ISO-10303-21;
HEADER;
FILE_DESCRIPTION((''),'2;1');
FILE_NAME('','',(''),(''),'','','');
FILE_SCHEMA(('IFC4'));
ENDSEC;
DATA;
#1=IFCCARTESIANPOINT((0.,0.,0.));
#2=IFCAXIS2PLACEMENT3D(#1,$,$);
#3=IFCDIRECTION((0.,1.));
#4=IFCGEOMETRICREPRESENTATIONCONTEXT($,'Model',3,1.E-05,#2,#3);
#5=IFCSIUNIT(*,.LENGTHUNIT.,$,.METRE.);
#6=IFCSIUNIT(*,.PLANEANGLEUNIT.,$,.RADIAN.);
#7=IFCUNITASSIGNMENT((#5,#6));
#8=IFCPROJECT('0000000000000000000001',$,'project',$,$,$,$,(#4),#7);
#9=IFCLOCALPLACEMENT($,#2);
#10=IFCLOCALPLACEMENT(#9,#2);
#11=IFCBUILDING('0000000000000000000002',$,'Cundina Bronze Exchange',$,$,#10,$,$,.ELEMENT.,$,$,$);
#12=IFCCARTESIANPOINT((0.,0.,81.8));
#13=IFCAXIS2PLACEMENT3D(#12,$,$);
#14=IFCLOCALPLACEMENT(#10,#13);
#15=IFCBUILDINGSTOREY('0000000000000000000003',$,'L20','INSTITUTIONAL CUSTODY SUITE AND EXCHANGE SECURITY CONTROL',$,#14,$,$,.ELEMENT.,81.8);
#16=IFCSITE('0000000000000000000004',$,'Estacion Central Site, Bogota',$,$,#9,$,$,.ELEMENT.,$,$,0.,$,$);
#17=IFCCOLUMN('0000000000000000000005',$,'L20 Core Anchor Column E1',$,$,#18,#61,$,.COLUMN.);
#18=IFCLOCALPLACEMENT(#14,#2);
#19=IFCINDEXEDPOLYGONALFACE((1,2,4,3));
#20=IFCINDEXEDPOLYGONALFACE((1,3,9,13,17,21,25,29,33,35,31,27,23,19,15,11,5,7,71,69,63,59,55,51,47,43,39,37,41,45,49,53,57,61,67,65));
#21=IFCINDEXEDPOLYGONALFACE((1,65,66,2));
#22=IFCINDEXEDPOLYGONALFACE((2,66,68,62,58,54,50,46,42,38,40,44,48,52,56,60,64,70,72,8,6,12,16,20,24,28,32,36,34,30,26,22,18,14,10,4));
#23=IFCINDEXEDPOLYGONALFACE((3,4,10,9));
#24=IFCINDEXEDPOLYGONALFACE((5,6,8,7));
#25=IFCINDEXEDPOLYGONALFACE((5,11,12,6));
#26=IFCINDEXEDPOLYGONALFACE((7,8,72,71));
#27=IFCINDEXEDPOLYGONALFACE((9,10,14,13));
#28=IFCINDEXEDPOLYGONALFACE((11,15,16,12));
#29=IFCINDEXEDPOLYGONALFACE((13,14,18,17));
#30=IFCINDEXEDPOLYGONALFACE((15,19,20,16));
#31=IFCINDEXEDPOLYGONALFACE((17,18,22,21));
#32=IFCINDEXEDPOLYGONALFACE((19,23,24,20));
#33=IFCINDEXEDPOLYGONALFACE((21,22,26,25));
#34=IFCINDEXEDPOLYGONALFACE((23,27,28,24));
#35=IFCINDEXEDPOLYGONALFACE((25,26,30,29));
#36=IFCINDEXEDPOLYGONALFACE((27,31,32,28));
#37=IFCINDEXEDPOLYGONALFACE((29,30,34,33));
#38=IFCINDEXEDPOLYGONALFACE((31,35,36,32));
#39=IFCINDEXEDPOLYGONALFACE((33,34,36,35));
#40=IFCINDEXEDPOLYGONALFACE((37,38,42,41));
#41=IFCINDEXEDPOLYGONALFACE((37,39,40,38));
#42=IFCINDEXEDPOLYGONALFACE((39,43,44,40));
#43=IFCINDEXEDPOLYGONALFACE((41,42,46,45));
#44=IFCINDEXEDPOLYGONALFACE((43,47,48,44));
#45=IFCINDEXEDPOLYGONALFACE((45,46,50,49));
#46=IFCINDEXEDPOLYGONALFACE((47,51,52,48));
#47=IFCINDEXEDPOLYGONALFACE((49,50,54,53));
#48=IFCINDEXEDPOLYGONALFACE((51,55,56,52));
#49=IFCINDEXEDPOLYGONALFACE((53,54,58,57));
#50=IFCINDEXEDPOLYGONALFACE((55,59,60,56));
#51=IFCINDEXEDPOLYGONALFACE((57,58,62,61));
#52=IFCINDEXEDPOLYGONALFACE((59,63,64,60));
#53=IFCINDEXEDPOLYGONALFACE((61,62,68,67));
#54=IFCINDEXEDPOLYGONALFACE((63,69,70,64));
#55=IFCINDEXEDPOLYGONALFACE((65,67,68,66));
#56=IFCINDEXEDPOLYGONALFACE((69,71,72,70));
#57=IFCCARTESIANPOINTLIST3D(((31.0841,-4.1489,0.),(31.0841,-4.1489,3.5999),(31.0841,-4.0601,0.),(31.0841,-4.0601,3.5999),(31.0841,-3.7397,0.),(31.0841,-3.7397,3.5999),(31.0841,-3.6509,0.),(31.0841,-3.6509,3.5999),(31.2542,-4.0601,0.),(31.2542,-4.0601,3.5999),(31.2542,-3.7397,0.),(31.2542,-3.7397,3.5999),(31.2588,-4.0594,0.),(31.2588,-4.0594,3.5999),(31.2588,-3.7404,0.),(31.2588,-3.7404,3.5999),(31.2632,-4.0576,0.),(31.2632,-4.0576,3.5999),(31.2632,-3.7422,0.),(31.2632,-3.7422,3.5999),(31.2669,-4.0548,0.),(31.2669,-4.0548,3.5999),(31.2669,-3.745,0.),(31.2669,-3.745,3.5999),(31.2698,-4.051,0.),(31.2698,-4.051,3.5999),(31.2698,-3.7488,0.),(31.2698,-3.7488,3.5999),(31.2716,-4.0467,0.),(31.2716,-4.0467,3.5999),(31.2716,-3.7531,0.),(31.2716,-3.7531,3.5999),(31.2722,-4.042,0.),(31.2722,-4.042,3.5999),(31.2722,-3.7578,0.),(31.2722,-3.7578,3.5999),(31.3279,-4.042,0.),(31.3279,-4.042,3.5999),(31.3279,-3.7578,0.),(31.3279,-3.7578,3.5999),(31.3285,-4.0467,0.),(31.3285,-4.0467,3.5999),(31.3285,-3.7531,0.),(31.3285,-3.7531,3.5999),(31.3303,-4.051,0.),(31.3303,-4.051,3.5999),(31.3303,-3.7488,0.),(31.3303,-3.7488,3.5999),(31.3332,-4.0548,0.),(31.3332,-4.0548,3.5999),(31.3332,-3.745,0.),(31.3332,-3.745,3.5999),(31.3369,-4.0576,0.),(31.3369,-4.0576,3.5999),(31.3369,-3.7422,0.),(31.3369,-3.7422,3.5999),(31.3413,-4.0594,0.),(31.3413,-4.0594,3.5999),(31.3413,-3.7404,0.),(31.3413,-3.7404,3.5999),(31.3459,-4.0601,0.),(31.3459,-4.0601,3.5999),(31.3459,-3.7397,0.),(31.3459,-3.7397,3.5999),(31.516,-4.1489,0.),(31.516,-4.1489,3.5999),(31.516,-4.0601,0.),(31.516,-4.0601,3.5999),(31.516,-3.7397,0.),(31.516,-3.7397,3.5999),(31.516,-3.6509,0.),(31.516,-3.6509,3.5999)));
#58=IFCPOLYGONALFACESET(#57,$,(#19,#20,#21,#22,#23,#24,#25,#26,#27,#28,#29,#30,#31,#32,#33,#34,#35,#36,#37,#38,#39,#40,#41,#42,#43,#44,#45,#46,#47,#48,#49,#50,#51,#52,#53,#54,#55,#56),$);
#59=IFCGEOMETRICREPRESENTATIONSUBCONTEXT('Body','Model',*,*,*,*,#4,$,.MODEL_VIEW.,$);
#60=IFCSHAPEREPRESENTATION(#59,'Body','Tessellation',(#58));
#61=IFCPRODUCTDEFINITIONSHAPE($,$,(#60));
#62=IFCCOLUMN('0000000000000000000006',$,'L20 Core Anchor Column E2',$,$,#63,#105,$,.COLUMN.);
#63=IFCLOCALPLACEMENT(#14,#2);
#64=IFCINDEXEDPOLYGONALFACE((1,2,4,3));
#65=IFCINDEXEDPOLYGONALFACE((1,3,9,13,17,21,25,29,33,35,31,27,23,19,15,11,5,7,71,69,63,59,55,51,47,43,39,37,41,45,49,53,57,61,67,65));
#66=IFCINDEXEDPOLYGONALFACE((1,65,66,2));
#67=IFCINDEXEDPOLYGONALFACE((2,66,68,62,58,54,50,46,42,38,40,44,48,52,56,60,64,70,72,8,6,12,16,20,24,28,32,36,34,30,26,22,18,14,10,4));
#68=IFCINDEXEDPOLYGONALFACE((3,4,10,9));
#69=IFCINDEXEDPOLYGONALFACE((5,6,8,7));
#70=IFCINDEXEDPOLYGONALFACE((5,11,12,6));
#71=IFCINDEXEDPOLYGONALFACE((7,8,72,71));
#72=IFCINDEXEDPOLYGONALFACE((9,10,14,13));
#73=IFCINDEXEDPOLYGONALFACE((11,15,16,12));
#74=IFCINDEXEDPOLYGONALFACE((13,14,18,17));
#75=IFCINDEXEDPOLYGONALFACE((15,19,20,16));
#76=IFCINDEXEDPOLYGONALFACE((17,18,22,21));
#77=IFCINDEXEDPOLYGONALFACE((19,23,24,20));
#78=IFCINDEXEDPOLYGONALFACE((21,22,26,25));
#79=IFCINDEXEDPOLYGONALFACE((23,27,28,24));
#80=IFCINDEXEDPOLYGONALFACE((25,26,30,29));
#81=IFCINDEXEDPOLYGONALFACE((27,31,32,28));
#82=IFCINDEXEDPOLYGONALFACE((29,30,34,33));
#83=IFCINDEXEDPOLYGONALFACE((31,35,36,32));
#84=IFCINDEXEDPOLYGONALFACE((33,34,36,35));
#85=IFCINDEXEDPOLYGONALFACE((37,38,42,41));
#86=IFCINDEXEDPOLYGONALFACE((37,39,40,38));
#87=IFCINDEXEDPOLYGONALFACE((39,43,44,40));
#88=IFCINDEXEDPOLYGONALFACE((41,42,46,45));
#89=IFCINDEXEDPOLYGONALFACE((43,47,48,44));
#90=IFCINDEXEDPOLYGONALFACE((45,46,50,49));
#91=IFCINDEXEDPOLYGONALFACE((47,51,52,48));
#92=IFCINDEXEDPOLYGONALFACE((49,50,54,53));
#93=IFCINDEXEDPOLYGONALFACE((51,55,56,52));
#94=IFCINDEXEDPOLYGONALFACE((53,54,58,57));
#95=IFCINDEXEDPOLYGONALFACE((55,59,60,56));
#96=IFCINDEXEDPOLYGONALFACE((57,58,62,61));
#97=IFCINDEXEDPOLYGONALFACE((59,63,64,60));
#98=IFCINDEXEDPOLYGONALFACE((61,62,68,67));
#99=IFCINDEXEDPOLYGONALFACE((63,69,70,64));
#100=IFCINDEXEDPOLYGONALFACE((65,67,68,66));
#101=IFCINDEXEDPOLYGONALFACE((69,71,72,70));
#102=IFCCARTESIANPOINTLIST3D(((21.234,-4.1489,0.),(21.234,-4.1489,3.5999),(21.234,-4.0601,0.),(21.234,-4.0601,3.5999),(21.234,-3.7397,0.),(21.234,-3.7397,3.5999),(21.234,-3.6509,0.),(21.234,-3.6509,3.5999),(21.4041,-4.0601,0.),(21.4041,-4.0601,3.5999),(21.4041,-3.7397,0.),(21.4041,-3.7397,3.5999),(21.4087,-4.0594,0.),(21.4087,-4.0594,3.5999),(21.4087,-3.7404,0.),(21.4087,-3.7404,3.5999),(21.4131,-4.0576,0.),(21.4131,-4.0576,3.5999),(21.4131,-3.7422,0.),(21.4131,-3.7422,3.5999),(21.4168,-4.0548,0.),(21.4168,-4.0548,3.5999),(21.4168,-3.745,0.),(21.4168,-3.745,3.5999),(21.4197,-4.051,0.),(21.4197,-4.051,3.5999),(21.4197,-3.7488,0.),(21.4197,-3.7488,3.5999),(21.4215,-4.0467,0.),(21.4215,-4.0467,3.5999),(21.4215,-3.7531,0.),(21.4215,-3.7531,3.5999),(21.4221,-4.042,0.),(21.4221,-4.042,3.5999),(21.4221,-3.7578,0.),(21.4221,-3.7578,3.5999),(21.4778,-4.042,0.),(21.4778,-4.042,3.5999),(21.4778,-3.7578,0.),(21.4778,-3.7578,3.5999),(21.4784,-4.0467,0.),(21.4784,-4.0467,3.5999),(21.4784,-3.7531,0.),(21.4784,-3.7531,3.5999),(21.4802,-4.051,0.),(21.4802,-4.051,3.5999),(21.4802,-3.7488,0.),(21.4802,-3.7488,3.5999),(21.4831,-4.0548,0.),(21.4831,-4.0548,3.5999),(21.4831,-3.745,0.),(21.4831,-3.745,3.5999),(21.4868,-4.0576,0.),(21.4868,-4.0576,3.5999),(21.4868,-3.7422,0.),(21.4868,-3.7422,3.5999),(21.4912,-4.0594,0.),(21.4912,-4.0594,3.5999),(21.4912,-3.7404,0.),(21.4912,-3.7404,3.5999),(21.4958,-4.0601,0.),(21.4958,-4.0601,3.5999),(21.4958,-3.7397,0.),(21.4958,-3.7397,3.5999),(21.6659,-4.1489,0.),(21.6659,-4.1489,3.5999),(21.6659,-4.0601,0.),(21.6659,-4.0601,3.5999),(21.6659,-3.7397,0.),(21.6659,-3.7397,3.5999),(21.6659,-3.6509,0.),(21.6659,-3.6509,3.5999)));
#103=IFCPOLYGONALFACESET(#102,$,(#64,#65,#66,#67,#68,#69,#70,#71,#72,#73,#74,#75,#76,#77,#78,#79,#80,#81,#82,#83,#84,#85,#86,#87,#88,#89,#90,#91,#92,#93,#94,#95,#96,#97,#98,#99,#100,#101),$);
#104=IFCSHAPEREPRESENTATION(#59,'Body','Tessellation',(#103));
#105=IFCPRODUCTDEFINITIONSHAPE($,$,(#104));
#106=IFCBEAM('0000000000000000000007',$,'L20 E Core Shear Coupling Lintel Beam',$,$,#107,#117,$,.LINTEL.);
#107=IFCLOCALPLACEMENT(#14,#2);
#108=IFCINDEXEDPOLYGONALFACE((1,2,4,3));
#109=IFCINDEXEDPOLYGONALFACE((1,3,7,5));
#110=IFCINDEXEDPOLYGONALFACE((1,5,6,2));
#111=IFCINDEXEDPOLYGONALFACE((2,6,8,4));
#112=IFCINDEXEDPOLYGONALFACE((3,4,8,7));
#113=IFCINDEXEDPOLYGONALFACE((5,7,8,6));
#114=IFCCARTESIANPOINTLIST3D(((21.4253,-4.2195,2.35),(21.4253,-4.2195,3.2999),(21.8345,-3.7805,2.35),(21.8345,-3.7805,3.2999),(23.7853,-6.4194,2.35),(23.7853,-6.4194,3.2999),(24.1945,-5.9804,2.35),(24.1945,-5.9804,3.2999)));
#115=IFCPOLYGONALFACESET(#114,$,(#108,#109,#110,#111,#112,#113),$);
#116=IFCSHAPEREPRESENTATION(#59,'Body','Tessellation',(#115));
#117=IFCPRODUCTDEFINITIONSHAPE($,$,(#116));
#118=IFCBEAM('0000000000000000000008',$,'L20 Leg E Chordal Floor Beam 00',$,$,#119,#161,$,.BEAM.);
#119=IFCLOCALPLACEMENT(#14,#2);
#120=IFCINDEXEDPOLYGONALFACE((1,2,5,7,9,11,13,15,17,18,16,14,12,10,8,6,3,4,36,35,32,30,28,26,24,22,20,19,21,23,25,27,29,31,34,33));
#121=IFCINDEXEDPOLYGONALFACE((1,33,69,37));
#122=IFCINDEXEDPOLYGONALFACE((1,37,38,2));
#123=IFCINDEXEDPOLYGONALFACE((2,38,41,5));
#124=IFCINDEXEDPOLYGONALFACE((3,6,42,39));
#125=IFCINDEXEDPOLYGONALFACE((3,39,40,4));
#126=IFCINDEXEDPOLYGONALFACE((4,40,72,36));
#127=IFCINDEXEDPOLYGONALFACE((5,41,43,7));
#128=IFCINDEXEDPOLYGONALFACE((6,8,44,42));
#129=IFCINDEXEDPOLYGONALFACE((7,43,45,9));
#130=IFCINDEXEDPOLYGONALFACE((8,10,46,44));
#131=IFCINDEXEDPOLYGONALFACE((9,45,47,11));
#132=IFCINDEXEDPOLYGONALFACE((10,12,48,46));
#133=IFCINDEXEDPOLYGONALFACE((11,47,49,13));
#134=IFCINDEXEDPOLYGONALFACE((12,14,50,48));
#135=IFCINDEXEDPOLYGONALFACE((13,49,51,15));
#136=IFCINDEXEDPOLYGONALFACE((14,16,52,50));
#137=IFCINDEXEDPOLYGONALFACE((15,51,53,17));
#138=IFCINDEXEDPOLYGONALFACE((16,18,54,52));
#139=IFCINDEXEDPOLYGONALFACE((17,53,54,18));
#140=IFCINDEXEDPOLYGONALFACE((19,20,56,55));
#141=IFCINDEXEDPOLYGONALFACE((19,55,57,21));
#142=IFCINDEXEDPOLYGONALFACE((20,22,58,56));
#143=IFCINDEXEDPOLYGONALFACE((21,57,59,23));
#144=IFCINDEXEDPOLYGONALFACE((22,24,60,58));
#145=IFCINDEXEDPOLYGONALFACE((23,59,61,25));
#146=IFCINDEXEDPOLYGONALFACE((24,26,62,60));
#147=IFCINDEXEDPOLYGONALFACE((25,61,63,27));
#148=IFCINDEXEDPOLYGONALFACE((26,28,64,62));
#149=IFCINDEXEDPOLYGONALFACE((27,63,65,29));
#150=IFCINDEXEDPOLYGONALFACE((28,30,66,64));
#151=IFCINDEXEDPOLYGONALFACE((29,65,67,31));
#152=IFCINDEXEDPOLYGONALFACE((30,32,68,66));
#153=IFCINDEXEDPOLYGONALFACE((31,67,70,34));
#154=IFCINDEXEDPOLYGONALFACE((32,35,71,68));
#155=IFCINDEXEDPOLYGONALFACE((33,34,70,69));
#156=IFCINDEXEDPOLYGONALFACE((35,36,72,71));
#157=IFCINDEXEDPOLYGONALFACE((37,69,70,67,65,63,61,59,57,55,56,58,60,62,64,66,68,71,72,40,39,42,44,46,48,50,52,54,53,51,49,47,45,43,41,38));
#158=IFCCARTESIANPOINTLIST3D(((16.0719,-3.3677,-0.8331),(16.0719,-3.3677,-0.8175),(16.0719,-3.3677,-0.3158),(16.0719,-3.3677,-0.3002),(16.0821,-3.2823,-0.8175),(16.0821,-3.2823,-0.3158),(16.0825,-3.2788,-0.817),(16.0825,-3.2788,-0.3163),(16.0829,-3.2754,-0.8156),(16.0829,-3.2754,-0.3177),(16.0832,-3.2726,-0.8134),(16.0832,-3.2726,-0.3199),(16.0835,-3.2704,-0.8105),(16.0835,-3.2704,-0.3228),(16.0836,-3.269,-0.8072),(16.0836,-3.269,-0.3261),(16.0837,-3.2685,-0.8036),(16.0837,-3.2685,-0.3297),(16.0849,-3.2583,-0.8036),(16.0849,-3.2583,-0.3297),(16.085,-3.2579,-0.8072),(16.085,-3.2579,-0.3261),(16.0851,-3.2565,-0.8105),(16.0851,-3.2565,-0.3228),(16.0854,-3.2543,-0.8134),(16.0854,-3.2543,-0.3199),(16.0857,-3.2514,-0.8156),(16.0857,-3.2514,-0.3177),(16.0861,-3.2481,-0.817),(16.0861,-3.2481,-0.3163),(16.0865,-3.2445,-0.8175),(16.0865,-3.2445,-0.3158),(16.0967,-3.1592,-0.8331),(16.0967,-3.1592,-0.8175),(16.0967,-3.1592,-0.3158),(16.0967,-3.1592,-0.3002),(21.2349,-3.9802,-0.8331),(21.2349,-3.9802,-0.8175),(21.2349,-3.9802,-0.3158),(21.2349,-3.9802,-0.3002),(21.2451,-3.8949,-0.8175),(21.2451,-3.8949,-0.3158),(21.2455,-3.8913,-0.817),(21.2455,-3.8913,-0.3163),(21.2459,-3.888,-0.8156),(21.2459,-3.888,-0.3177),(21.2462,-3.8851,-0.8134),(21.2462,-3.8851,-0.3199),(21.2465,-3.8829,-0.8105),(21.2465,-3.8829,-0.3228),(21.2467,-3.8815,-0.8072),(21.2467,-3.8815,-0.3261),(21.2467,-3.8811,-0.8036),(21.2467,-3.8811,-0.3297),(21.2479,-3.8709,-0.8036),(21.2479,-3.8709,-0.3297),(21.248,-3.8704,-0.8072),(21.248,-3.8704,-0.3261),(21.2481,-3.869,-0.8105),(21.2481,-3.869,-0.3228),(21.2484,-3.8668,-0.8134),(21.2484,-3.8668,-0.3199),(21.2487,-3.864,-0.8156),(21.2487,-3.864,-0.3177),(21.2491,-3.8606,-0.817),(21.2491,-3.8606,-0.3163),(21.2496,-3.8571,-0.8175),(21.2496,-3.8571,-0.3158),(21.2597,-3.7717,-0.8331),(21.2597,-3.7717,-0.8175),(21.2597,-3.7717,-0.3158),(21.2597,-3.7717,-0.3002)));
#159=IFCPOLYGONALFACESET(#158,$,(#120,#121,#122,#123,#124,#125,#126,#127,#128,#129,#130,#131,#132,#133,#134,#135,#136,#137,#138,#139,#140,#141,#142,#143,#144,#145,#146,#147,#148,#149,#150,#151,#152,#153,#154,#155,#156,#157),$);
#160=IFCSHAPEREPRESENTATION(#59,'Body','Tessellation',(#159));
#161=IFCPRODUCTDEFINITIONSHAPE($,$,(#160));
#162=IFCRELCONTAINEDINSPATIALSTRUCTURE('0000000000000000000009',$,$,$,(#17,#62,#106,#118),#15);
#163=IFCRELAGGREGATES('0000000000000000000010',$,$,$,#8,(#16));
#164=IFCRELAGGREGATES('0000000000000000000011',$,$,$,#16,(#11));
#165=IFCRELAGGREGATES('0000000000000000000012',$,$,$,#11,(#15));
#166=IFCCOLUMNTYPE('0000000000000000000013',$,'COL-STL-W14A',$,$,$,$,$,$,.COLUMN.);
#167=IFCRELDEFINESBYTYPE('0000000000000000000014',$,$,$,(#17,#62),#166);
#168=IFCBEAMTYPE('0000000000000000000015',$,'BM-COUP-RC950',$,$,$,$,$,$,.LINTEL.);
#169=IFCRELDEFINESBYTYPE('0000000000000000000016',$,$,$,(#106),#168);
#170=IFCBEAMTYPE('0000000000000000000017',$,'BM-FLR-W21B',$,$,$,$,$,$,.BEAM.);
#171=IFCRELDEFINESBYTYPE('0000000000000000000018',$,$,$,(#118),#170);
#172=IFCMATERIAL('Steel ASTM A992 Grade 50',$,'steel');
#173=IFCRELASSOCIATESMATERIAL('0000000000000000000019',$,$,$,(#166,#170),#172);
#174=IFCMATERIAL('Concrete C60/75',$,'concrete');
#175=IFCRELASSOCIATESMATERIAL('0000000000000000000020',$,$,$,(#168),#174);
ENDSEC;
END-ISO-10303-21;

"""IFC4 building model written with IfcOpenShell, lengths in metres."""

from ifc_helpers import new_model, si_unit, direction, frame, origin, origin_2d, place, context, subcontext, project, spatial, rectangle, i_section, extrude, material, material_profile, profile_set, type_object, element, save


model = new_model("IFC4")

# Units and contexts
model_context = context("Model", 3, precision=1e-05, world=origin(), true_north=direction((0.0, 1.0)))
body_context = subcontext(model_context, "Body", "Model", "MODEL_VIEW")
ifc_project = project(units=[si_unit("LENGTHUNIT", "METRE"), si_unit("PLANEANGLEUNIT", "RADIAN")], contexts=[model_context])

# Site, building, storey
site_placement = place(None, origin())
site = spatial("IfcSite", under=ifc_project, at=site_placement, Name="Estacion Central Site, Bogota", CompositionType="ELEMENT", RefElevation=0.0)
building_placement = place(site_placement, origin())
building = spatial("IfcBuilding", under=site, at=building_placement, Name="Cundina Bronze Exchange", CompositionType="ELEMENT")
storey_placement = place(building_placement, frame((0.0, 0.0, 81.8)))
storey = spatial("IfcBuildingStorey", under=building, at=storey_placement, Name="L20", Description="INSTITUTIONAL CUSTODY SUITE AND EXCHANGE SECURITY CONTROL", CompositionType="ELEMENT", Elevation=81.8)

# Columns
ifc_material_1 = material(Name="Steel ASTM A992 Grade 50", Category="steel")
ifc_material_profile_1 = material_profile(ifc_material_1, i_section(OverallWidth=0.4319, OverallDepth=0.498, WebThickness=0.0557, FlangeThickness=0.0889, FilletRadius=0.0181, at=origin_2d()), Name="W14X500", Category="steel")
ifc_profile_set_1 = profile_set([ifc_material_profile_1], Name="Steel ASTM A992 Grade 50")
column_type = type_object("IfcColumnType", Name="COL-STL-W14A", PredefinedType="COLUMN", material=ifc_profile_set_1)
for number, where, z_axis, x_axis, name in (
    (1, (31.3, -3.8999, 0.0), (0.0, 0.0, 1.0), (1.0, 0.0, 0.0), "L20 Core Anchor Column E1"),
    (2, (21.45, -3.8999, 0.0), (0.0, 0.0, 1.0), (1.0, 0.0, 0.0), "L20 Core Anchor Column E2"),
):
    element("IfcColumn", number, at=place(storey_placement, frame(where, z_axis=z_axis, x_axis=x_axis)), inside=storey, type_object=column_type, Name=name, PredefinedType="COLUMN", context=body_context, shape_type="SweptSolid", body=[
        extrude(i_section(OverallWidth=0.4319, OverallDepth=0.498, WebThickness=0.0557, FlangeThickness=0.0889, FilletRadius=0.0181, at=origin_2d()), origin(), (0.0, 0.0, 1.0), 3.5999),
    ])

# Beams
ifc_material_2 = material(Name="Concrete C60/75", Category="concrete")
ifc_material_profile_2 = material_profile(ifc_material_2, rectangle(XDim=0.6001, YDim=0.95, at=origin_2d()), Name="RC600X950", Category="concrete")
ifc_profile_set_2 = profile_set([ifc_material_profile_2], Name="Concrete C60/75")
beam_type_1 = type_object("IfcBeamType", Name="BM-COUP-RC950", PredefinedType="LINTEL", material=ifc_profile_set_2)
beam_1_placement = place(storey_placement, frame((21.6299, -4.0, 2.825), z_axis=(0.73149, -0.681852, 0.0), x_axis=(0.681852, 0.73149, 0.0)))
element("IfcBeam", 3, at=beam_1_placement, inside=storey, type_object=beam_type_1, Name="L20 E Core Shear Coupling Lintel Beam", PredefinedType="LINTEL", context=body_context, shape_type="SweptSolid", body=[
    extrude(rectangle(XDim=0.6001, YDim=0.95, at=origin_2d()), origin(), (0.0, 0.0, 1.0), 3.2263),
])
ifc_material_profile_3 = material_profile(ifc_material_1, i_section(OverallWidth=0.21, OverallDepth=0.533, WebThickness=0.0103, FlangeThickness=0.0156, FilletRadius=0.0139, at=origin_2d()), Name="W21X62", Category="steel")
ifc_profile_set_3 = profile_set([ifc_material_profile_3], Name="Steel ASTM A992 Grade 50")
beam_type_2 = type_object("IfcBeamType", Name="BM-FLR-W21B", PredefinedType="BEAM", material=ifc_profile_set_3)
beam_2_placement = place(storey_placement, frame((21.2473, -3.876, -0.5667), z_axis=(-0.993036, 0.117814, 0.0), x_axis=(-0.117814, -0.993036, 0.0)))
element("IfcBeam", 4, at=beam_2_placement, inside=storey, type_object=beam_type_2, Name="L20 Leg E Chordal Floor Beam 00", PredefinedType="BEAM", context=body_context, shape_type="SweptSolid", body=[
    extrude(i_section(OverallWidth=0.21, OverallDepth=0.533, WebThickness=0.0103, FlangeThickness=0.0156, FilletRadius=0.0139, at=origin_2d()), origin(), (0.0, 0.0, 1.0), 5.1992),
])

save(model, "model.ifc")
